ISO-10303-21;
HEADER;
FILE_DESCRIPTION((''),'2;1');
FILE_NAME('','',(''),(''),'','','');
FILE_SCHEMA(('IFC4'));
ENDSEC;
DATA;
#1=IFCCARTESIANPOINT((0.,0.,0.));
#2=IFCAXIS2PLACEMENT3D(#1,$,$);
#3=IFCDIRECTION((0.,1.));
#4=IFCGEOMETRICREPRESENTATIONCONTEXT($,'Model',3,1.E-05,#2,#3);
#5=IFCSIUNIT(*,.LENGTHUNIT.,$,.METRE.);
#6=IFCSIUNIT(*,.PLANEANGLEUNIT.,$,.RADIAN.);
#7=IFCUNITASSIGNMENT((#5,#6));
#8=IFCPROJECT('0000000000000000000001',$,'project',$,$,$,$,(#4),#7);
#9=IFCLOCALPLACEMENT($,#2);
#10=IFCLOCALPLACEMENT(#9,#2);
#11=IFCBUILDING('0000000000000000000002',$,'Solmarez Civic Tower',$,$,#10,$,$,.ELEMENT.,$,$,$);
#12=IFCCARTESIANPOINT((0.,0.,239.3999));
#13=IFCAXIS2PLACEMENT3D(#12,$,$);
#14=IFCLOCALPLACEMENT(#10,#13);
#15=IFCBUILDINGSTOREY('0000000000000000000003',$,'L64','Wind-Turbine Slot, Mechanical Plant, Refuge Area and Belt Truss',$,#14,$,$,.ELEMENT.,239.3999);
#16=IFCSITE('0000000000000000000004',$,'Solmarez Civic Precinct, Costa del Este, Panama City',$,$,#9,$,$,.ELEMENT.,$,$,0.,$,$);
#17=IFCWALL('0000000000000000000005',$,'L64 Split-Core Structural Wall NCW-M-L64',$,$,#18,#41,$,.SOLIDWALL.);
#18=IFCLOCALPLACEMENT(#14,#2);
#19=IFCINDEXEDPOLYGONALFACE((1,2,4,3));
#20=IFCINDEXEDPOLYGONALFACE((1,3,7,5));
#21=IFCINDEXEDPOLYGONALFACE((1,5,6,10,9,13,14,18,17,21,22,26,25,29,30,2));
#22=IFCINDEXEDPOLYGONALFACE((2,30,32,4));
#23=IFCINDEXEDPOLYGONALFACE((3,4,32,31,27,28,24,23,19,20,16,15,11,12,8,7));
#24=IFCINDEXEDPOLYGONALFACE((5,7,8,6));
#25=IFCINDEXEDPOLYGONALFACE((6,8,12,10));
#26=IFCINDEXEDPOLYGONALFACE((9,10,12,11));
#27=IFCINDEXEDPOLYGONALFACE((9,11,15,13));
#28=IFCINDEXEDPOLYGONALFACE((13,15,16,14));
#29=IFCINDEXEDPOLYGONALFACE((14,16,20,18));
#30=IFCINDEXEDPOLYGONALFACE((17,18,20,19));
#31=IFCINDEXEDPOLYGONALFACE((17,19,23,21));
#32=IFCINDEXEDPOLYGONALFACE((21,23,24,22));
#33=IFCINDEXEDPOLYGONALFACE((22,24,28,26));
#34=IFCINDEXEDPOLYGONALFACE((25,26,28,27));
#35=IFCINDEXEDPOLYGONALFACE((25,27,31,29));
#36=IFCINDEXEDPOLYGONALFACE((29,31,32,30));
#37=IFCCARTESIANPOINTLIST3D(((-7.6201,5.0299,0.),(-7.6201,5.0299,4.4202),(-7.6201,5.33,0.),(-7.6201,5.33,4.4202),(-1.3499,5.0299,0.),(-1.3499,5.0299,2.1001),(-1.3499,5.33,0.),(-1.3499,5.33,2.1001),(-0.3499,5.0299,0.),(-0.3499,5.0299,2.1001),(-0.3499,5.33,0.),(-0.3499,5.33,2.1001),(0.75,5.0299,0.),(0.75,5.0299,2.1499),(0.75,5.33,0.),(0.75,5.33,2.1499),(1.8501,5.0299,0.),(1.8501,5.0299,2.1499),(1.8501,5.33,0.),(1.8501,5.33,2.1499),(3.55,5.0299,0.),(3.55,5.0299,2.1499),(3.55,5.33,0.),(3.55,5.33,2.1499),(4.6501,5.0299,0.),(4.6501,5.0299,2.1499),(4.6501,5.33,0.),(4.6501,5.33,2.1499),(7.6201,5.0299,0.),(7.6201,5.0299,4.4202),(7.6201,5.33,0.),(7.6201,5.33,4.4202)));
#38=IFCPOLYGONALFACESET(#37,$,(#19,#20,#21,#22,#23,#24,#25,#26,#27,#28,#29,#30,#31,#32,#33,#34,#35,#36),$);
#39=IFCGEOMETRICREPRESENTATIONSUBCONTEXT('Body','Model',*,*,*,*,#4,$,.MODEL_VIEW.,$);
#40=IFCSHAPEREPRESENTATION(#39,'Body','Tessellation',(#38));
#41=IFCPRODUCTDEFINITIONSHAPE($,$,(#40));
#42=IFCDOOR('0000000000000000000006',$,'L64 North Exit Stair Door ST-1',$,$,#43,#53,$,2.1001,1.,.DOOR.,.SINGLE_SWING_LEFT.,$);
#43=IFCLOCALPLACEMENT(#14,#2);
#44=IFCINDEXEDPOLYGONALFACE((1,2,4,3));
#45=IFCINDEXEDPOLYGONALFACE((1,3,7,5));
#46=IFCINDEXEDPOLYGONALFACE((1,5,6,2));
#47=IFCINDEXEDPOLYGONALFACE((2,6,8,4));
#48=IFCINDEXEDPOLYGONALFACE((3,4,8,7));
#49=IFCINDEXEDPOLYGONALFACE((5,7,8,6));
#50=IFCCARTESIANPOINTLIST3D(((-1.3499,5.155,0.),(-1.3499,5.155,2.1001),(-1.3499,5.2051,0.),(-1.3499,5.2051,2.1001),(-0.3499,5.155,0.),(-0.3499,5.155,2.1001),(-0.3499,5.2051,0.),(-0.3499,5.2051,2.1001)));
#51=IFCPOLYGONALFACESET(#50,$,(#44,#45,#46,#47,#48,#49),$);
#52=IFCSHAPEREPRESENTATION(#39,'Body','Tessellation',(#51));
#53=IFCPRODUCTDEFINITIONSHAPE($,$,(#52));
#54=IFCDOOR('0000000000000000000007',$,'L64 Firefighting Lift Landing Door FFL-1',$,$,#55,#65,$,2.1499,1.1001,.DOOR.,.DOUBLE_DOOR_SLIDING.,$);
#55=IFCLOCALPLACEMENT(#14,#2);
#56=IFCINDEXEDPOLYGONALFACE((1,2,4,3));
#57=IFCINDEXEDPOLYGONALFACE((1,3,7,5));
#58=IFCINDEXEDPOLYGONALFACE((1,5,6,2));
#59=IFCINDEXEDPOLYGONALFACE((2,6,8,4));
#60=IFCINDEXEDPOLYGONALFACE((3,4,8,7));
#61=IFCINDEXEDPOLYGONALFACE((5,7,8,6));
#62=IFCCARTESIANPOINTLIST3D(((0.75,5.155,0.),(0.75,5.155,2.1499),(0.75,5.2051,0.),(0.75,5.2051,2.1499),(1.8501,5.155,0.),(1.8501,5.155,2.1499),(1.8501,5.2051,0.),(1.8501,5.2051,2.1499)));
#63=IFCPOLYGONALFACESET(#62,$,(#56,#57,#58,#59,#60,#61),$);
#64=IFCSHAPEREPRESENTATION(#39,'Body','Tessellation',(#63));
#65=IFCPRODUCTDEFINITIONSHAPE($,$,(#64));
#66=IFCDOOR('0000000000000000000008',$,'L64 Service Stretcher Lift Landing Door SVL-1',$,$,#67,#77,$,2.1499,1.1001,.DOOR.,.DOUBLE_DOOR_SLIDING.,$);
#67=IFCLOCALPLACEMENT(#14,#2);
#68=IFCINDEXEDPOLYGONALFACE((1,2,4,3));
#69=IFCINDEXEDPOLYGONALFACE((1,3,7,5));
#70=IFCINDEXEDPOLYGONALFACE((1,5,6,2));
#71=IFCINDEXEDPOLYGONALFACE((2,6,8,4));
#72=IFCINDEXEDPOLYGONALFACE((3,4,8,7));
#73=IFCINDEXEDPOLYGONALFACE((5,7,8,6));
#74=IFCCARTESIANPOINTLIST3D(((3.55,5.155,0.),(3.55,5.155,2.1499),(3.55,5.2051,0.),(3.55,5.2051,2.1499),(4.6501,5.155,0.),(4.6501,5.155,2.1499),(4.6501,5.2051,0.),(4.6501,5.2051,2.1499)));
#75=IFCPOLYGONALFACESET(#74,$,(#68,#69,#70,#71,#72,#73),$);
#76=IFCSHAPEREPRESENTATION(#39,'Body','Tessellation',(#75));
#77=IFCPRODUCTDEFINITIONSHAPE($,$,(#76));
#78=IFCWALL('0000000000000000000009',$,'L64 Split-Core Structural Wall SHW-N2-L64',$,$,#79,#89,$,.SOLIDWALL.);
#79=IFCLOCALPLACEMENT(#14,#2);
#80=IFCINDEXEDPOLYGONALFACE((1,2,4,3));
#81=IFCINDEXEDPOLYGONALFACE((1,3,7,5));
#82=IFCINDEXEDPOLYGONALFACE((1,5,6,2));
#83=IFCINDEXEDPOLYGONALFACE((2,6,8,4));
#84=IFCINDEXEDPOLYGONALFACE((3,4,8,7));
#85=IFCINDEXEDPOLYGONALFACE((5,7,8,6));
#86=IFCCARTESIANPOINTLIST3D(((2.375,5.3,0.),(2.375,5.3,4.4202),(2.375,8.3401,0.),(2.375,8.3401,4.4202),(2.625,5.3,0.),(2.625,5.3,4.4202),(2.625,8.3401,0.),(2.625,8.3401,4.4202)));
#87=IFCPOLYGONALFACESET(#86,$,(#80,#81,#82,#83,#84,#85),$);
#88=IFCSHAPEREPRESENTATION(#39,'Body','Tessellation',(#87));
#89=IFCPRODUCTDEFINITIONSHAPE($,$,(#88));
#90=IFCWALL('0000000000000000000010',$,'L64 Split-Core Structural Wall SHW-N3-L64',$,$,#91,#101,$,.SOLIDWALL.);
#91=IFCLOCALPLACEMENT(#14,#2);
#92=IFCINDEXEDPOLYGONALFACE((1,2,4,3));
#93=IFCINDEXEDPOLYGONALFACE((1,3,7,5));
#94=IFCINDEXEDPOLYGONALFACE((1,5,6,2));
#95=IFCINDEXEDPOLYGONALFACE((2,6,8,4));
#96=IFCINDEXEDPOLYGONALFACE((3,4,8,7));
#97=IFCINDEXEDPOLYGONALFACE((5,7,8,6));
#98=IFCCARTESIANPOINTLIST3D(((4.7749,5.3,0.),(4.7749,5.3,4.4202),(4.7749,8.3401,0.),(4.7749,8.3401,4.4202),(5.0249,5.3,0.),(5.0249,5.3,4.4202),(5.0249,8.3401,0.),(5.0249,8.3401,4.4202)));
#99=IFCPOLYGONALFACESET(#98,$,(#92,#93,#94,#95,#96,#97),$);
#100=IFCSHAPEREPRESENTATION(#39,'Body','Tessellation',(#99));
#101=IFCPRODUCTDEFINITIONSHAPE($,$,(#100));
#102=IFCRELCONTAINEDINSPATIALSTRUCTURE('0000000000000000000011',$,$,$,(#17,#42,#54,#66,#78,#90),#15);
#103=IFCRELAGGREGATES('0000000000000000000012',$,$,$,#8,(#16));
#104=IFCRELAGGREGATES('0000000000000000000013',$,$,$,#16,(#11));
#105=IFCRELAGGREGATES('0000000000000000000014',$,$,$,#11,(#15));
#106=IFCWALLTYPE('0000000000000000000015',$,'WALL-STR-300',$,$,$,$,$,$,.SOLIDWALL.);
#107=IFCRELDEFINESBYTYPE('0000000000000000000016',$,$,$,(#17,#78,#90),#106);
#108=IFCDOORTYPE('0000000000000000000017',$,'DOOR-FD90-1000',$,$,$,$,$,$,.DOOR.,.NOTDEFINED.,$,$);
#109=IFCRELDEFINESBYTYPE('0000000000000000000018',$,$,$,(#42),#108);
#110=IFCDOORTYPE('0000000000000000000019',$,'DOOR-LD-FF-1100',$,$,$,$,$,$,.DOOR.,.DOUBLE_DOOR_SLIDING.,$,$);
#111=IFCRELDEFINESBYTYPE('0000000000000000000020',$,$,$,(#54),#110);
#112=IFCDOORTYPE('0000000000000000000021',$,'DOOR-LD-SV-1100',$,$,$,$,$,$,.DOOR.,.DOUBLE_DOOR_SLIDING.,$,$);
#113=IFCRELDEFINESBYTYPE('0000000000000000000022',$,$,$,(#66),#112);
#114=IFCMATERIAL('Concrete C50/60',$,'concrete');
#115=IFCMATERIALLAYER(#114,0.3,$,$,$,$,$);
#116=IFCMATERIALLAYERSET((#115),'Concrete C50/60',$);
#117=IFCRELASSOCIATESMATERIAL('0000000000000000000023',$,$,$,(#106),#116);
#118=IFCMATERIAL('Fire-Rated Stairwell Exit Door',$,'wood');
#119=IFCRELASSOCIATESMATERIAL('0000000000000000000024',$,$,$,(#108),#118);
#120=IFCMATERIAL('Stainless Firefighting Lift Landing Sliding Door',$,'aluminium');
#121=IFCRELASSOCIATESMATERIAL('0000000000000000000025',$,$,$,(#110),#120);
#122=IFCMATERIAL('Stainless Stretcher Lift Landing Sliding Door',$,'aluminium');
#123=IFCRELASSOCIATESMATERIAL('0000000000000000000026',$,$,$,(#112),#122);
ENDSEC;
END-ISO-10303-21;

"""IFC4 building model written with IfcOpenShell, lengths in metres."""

from ifc_helpers import new_model, si_unit, direction, frame, frame_2d, origin, place, context, subcontext, project, spatial, rectangle, extrude, material, layer, layer_set, type_object, element, fill, save


model = new_model("IFC4")

# Units and contexts
model_context = context("Model", 3, precision=1e-05, world=origin(), true_north=direction((0.0, 1.0)))
body_context = subcontext(model_context, "Body", "Model", "MODEL_VIEW")
ifc_project = project(units=[si_unit("LENGTHUNIT", "METRE"), si_unit("PLANEANGLEUNIT", "RADIAN")], contexts=[model_context])

# Site, building, storey
site_placement = place(None, origin())
site = spatial("IfcSite", under=ifc_project, at=site_placement, Name="Solmarez Civic Precinct, Costa del Este, Panama City", CompositionType="ELEMENT", RefElevation=0.0)
building_placement = place(site_placement, origin())
building = spatial("IfcBuilding", under=site, at=building_placement, Name="Solmarez Civic Tower", CompositionType="ELEMENT")
storey_placement = place(building_placement, frame((0.0, 0.0, 239.3999)))
storey = spatial("IfcBuildingStorey", under=building, at=storey_placement, Name="L64", Description="Wind-Turbine Slot, Mechanical Plant, Refuge Area and Belt Truss", CompositionType="ELEMENT", Elevation=239.3999)

# Shared definitions
ifc_material_1 = material(Name="Concrete C50/60", Category="concrete")

# Wall, openings, doors
ifc_layer_1 = layer(ifc_material_1, 0.3)
ifc_layer_set_1 = layer_set([ifc_layer_1], Name="Concrete C50/60")
wall_type_1 = type_object("IfcWallType", Name="WALL-STR-300", PredefinedType="SOLIDWALL", material=ifc_layer_set_1)
wall_1_placement = place(storey_placement, frame((7.6201, 5.1799, 0.0), z_axis=(0.0, 0.0, 1.0), x_axis=(-1.0, 0.0, 0.0)))
wall_1 = element("IfcWall", 1, at=wall_1_placement, inside=storey, type_object=wall_type_1, Name="L64 Split-Core Structural Wall NCW-M-L64", PredefinedType="SOLIDWALL", context=body_context, shape_type="SweptSolid", body=[
    extrude(rectangle(XDim=15.2402, YDim=0.3, at=frame_2d((7.6201, 0.0))), origin(), (0.0, 0.0, 1.0), 4.4202),
])
opening_1_placement = place(wall_1_placement, frame((5.77, 0.0, 0.0)))
opening_1 = element("IfcOpeningElement", 2, at=opening_1_placement, cuts=wall_1, PredefinedType="OPENING", context=body_context, shape_type="SweptSolid", body=[
    extrude(rectangle(XDim=1.1001, YDim=2.1499, at=frame_2d((0.55, 1.075))), frame((0.0, 0.1599, 0.0), z_axis=(0.0, -1.0, 0.0), x_axis=(1.0, 0.0, 0.0)), (0.0, 0.0, 1.0), 0.3201),
])
opening_2_placement = place(wall_1_placement, frame((2.97, 0.0, 0.0)))
opening_2 = element("IfcOpeningElement", 3, at=opening_2_placement, cuts=wall_1, PredefinedType="OPENING", context=body_context, shape_type="SweptSolid", body=[
    extrude(rectangle(XDim=1.1001, YDim=2.1499, at=frame_2d((0.55, 1.075))), frame((0.0, 0.1599, 0.0), z_axis=(0.0, -1.0, 0.0), x_axis=(1.0, 0.0, 0.0)), (0.0, 0.0, 1.0), 0.3201),
])
opening_3_placement = place(wall_1_placement, frame((7.97, 0.0, 0.0)))
opening_3 = element("IfcOpeningElement", 4, at=opening_3_placement, cuts=wall_1, PredefinedType="OPENING", context=body_context, shape_type="SweptSolid", body=[
    extrude(rectangle(XDim=1.0, YDim=2.1001, at=frame_2d((0.5, 1.05))), frame((0.0, 0.1599, 0.0), z_axis=(0.0, -1.0, 0.0), x_axis=(1.0, 0.0, 0.0)), (0.0, 0.0, 1.0), 0.3201),
])
ifc_material_2 = material(Name="Fire-Rated Stairwell Exit Door", Category="wood")
door_type_1 = type_object("IfcDoorType", Name="DOOR-FD90-1000", OperationType="NOTDEFINED", PredefinedType="DOOR", material=ifc_material_2)
door_1_placement = place(opening_3_placement, origin())
door_1 = element("IfcDoor", 5, at=door_1_placement, inside=storey, type_object=door_type_1, Name="L64 North Exit Stair Door ST-1", OperationType="SINGLE_SWING_LEFT", OverallHeight=2.1001, OverallWidth=1.0, PredefinedType="DOOR", context=body_context, shape_type="SweptSolid", body=[
    extrude(rectangle(XDim=1.0, YDim=2.1001, at=frame_2d((0.5, 1.05))), frame((0.0, 0.0249, 0.0), z_axis=(0.0, -1.0, 0.0), x_axis=(1.0, 0.0, 0.0)), (0.0, 0.0, 1.0), 0.05),
])
fill(opening_3, door_1)
ifc_material_3 = material(Name="Stainless Firefighting Lift Landing Sliding Door", Category="aluminium")
door_type_2 = type_object("IfcDoorType", Name="DOOR-LD-FF-1100", OperationType="DOUBLE_DOOR_SLIDING", PredefinedType="DOOR", material=ifc_material_3)
door_2_placement = place(opening_1_placement, origin())
door_2 = element("IfcDoor", 6, at=door_2_placement, inside=storey, type_object=door_type_2, Name="L64 Firefighting Lift Landing Door FFL-1", OperationType="DOUBLE_DOOR_SLIDING", OverallHeight=2.1499, OverallWidth=1.1001, PredefinedType="DOOR", context=body_context, shape_type="SweptSolid", body=[
    extrude(rectangle(XDim=1.1001, YDim=2.1499, at=frame_2d((0.55, 1.075))), frame((0.0, 0.0249, 0.0), z_axis=(0.0, -1.0, 0.0), x_axis=(1.0, 0.0, 0.0)), (0.0, 0.0, 1.0), 0.05),
])
fill(opening_1, door_2)
ifc_material_4 = material(Name="Stainless Stretcher Lift Landing Sliding Door", Category="aluminium")
door_type_3 = type_object("IfcDoorType", Name="DOOR-LD-SV-1100", OperationType="DOUBLE_DOOR_SLIDING", PredefinedType="DOOR", material=ifc_material_4)
door_3_placement = place(opening_2_placement, origin())
door_3 = element("IfcDoor", 7, at=door_3_placement, inside=storey, type_object=door_type_3, Name="L64 Service Stretcher Lift Landing Door SVL-1", OperationType="DOUBLE_DOOR_SLIDING", OverallHeight=2.1499, OverallWidth=1.1001, PredefinedType="DOOR", context=body_context, shape_type="SweptSolid", body=[
    extrude(rectangle(XDim=1.1001, YDim=2.1499, at=frame_2d((0.55, 1.075))), frame((0.0, 0.0249, 0.0), z_axis=(0.0, -1.0, 0.0), x_axis=(1.0, 0.0, 0.0)), (0.0, 0.0, 1.0), 0.05),
])
fill(opening_2, door_3)

# Walls
for number, where, z_axis, x_axis, name in (
    (8, (2.5, 5.3, 0.0), (0.0, 0.0, 1.0), (0.0, 1.0, 0.0), "L64 Split-Core Structural Wall SHW-N2-L64"),
    (9, (4.8999, 5.3, 0.0), (0.0, 0.0, 1.0), (0.0, 1.0, 0.0), "L64 Split-Core Structural Wall SHW-N3-L64"),
):
    element("IfcWall", number, at=place(storey_placement, frame(where, z_axis=z_axis, x_axis=x_axis)), inside=storey, type_object=wall_type_1, Name=name, PredefinedType="SOLIDWALL", context=body_context, shape_type="SweptSolid", body=[
        extrude(rectangle(XDim=3.04, YDim=0.25, at=frame_2d((1.52, 0.0))), origin(), (0.0, 0.0, 1.0), 4.4202),
    ])

save(model, "model.ifc")
